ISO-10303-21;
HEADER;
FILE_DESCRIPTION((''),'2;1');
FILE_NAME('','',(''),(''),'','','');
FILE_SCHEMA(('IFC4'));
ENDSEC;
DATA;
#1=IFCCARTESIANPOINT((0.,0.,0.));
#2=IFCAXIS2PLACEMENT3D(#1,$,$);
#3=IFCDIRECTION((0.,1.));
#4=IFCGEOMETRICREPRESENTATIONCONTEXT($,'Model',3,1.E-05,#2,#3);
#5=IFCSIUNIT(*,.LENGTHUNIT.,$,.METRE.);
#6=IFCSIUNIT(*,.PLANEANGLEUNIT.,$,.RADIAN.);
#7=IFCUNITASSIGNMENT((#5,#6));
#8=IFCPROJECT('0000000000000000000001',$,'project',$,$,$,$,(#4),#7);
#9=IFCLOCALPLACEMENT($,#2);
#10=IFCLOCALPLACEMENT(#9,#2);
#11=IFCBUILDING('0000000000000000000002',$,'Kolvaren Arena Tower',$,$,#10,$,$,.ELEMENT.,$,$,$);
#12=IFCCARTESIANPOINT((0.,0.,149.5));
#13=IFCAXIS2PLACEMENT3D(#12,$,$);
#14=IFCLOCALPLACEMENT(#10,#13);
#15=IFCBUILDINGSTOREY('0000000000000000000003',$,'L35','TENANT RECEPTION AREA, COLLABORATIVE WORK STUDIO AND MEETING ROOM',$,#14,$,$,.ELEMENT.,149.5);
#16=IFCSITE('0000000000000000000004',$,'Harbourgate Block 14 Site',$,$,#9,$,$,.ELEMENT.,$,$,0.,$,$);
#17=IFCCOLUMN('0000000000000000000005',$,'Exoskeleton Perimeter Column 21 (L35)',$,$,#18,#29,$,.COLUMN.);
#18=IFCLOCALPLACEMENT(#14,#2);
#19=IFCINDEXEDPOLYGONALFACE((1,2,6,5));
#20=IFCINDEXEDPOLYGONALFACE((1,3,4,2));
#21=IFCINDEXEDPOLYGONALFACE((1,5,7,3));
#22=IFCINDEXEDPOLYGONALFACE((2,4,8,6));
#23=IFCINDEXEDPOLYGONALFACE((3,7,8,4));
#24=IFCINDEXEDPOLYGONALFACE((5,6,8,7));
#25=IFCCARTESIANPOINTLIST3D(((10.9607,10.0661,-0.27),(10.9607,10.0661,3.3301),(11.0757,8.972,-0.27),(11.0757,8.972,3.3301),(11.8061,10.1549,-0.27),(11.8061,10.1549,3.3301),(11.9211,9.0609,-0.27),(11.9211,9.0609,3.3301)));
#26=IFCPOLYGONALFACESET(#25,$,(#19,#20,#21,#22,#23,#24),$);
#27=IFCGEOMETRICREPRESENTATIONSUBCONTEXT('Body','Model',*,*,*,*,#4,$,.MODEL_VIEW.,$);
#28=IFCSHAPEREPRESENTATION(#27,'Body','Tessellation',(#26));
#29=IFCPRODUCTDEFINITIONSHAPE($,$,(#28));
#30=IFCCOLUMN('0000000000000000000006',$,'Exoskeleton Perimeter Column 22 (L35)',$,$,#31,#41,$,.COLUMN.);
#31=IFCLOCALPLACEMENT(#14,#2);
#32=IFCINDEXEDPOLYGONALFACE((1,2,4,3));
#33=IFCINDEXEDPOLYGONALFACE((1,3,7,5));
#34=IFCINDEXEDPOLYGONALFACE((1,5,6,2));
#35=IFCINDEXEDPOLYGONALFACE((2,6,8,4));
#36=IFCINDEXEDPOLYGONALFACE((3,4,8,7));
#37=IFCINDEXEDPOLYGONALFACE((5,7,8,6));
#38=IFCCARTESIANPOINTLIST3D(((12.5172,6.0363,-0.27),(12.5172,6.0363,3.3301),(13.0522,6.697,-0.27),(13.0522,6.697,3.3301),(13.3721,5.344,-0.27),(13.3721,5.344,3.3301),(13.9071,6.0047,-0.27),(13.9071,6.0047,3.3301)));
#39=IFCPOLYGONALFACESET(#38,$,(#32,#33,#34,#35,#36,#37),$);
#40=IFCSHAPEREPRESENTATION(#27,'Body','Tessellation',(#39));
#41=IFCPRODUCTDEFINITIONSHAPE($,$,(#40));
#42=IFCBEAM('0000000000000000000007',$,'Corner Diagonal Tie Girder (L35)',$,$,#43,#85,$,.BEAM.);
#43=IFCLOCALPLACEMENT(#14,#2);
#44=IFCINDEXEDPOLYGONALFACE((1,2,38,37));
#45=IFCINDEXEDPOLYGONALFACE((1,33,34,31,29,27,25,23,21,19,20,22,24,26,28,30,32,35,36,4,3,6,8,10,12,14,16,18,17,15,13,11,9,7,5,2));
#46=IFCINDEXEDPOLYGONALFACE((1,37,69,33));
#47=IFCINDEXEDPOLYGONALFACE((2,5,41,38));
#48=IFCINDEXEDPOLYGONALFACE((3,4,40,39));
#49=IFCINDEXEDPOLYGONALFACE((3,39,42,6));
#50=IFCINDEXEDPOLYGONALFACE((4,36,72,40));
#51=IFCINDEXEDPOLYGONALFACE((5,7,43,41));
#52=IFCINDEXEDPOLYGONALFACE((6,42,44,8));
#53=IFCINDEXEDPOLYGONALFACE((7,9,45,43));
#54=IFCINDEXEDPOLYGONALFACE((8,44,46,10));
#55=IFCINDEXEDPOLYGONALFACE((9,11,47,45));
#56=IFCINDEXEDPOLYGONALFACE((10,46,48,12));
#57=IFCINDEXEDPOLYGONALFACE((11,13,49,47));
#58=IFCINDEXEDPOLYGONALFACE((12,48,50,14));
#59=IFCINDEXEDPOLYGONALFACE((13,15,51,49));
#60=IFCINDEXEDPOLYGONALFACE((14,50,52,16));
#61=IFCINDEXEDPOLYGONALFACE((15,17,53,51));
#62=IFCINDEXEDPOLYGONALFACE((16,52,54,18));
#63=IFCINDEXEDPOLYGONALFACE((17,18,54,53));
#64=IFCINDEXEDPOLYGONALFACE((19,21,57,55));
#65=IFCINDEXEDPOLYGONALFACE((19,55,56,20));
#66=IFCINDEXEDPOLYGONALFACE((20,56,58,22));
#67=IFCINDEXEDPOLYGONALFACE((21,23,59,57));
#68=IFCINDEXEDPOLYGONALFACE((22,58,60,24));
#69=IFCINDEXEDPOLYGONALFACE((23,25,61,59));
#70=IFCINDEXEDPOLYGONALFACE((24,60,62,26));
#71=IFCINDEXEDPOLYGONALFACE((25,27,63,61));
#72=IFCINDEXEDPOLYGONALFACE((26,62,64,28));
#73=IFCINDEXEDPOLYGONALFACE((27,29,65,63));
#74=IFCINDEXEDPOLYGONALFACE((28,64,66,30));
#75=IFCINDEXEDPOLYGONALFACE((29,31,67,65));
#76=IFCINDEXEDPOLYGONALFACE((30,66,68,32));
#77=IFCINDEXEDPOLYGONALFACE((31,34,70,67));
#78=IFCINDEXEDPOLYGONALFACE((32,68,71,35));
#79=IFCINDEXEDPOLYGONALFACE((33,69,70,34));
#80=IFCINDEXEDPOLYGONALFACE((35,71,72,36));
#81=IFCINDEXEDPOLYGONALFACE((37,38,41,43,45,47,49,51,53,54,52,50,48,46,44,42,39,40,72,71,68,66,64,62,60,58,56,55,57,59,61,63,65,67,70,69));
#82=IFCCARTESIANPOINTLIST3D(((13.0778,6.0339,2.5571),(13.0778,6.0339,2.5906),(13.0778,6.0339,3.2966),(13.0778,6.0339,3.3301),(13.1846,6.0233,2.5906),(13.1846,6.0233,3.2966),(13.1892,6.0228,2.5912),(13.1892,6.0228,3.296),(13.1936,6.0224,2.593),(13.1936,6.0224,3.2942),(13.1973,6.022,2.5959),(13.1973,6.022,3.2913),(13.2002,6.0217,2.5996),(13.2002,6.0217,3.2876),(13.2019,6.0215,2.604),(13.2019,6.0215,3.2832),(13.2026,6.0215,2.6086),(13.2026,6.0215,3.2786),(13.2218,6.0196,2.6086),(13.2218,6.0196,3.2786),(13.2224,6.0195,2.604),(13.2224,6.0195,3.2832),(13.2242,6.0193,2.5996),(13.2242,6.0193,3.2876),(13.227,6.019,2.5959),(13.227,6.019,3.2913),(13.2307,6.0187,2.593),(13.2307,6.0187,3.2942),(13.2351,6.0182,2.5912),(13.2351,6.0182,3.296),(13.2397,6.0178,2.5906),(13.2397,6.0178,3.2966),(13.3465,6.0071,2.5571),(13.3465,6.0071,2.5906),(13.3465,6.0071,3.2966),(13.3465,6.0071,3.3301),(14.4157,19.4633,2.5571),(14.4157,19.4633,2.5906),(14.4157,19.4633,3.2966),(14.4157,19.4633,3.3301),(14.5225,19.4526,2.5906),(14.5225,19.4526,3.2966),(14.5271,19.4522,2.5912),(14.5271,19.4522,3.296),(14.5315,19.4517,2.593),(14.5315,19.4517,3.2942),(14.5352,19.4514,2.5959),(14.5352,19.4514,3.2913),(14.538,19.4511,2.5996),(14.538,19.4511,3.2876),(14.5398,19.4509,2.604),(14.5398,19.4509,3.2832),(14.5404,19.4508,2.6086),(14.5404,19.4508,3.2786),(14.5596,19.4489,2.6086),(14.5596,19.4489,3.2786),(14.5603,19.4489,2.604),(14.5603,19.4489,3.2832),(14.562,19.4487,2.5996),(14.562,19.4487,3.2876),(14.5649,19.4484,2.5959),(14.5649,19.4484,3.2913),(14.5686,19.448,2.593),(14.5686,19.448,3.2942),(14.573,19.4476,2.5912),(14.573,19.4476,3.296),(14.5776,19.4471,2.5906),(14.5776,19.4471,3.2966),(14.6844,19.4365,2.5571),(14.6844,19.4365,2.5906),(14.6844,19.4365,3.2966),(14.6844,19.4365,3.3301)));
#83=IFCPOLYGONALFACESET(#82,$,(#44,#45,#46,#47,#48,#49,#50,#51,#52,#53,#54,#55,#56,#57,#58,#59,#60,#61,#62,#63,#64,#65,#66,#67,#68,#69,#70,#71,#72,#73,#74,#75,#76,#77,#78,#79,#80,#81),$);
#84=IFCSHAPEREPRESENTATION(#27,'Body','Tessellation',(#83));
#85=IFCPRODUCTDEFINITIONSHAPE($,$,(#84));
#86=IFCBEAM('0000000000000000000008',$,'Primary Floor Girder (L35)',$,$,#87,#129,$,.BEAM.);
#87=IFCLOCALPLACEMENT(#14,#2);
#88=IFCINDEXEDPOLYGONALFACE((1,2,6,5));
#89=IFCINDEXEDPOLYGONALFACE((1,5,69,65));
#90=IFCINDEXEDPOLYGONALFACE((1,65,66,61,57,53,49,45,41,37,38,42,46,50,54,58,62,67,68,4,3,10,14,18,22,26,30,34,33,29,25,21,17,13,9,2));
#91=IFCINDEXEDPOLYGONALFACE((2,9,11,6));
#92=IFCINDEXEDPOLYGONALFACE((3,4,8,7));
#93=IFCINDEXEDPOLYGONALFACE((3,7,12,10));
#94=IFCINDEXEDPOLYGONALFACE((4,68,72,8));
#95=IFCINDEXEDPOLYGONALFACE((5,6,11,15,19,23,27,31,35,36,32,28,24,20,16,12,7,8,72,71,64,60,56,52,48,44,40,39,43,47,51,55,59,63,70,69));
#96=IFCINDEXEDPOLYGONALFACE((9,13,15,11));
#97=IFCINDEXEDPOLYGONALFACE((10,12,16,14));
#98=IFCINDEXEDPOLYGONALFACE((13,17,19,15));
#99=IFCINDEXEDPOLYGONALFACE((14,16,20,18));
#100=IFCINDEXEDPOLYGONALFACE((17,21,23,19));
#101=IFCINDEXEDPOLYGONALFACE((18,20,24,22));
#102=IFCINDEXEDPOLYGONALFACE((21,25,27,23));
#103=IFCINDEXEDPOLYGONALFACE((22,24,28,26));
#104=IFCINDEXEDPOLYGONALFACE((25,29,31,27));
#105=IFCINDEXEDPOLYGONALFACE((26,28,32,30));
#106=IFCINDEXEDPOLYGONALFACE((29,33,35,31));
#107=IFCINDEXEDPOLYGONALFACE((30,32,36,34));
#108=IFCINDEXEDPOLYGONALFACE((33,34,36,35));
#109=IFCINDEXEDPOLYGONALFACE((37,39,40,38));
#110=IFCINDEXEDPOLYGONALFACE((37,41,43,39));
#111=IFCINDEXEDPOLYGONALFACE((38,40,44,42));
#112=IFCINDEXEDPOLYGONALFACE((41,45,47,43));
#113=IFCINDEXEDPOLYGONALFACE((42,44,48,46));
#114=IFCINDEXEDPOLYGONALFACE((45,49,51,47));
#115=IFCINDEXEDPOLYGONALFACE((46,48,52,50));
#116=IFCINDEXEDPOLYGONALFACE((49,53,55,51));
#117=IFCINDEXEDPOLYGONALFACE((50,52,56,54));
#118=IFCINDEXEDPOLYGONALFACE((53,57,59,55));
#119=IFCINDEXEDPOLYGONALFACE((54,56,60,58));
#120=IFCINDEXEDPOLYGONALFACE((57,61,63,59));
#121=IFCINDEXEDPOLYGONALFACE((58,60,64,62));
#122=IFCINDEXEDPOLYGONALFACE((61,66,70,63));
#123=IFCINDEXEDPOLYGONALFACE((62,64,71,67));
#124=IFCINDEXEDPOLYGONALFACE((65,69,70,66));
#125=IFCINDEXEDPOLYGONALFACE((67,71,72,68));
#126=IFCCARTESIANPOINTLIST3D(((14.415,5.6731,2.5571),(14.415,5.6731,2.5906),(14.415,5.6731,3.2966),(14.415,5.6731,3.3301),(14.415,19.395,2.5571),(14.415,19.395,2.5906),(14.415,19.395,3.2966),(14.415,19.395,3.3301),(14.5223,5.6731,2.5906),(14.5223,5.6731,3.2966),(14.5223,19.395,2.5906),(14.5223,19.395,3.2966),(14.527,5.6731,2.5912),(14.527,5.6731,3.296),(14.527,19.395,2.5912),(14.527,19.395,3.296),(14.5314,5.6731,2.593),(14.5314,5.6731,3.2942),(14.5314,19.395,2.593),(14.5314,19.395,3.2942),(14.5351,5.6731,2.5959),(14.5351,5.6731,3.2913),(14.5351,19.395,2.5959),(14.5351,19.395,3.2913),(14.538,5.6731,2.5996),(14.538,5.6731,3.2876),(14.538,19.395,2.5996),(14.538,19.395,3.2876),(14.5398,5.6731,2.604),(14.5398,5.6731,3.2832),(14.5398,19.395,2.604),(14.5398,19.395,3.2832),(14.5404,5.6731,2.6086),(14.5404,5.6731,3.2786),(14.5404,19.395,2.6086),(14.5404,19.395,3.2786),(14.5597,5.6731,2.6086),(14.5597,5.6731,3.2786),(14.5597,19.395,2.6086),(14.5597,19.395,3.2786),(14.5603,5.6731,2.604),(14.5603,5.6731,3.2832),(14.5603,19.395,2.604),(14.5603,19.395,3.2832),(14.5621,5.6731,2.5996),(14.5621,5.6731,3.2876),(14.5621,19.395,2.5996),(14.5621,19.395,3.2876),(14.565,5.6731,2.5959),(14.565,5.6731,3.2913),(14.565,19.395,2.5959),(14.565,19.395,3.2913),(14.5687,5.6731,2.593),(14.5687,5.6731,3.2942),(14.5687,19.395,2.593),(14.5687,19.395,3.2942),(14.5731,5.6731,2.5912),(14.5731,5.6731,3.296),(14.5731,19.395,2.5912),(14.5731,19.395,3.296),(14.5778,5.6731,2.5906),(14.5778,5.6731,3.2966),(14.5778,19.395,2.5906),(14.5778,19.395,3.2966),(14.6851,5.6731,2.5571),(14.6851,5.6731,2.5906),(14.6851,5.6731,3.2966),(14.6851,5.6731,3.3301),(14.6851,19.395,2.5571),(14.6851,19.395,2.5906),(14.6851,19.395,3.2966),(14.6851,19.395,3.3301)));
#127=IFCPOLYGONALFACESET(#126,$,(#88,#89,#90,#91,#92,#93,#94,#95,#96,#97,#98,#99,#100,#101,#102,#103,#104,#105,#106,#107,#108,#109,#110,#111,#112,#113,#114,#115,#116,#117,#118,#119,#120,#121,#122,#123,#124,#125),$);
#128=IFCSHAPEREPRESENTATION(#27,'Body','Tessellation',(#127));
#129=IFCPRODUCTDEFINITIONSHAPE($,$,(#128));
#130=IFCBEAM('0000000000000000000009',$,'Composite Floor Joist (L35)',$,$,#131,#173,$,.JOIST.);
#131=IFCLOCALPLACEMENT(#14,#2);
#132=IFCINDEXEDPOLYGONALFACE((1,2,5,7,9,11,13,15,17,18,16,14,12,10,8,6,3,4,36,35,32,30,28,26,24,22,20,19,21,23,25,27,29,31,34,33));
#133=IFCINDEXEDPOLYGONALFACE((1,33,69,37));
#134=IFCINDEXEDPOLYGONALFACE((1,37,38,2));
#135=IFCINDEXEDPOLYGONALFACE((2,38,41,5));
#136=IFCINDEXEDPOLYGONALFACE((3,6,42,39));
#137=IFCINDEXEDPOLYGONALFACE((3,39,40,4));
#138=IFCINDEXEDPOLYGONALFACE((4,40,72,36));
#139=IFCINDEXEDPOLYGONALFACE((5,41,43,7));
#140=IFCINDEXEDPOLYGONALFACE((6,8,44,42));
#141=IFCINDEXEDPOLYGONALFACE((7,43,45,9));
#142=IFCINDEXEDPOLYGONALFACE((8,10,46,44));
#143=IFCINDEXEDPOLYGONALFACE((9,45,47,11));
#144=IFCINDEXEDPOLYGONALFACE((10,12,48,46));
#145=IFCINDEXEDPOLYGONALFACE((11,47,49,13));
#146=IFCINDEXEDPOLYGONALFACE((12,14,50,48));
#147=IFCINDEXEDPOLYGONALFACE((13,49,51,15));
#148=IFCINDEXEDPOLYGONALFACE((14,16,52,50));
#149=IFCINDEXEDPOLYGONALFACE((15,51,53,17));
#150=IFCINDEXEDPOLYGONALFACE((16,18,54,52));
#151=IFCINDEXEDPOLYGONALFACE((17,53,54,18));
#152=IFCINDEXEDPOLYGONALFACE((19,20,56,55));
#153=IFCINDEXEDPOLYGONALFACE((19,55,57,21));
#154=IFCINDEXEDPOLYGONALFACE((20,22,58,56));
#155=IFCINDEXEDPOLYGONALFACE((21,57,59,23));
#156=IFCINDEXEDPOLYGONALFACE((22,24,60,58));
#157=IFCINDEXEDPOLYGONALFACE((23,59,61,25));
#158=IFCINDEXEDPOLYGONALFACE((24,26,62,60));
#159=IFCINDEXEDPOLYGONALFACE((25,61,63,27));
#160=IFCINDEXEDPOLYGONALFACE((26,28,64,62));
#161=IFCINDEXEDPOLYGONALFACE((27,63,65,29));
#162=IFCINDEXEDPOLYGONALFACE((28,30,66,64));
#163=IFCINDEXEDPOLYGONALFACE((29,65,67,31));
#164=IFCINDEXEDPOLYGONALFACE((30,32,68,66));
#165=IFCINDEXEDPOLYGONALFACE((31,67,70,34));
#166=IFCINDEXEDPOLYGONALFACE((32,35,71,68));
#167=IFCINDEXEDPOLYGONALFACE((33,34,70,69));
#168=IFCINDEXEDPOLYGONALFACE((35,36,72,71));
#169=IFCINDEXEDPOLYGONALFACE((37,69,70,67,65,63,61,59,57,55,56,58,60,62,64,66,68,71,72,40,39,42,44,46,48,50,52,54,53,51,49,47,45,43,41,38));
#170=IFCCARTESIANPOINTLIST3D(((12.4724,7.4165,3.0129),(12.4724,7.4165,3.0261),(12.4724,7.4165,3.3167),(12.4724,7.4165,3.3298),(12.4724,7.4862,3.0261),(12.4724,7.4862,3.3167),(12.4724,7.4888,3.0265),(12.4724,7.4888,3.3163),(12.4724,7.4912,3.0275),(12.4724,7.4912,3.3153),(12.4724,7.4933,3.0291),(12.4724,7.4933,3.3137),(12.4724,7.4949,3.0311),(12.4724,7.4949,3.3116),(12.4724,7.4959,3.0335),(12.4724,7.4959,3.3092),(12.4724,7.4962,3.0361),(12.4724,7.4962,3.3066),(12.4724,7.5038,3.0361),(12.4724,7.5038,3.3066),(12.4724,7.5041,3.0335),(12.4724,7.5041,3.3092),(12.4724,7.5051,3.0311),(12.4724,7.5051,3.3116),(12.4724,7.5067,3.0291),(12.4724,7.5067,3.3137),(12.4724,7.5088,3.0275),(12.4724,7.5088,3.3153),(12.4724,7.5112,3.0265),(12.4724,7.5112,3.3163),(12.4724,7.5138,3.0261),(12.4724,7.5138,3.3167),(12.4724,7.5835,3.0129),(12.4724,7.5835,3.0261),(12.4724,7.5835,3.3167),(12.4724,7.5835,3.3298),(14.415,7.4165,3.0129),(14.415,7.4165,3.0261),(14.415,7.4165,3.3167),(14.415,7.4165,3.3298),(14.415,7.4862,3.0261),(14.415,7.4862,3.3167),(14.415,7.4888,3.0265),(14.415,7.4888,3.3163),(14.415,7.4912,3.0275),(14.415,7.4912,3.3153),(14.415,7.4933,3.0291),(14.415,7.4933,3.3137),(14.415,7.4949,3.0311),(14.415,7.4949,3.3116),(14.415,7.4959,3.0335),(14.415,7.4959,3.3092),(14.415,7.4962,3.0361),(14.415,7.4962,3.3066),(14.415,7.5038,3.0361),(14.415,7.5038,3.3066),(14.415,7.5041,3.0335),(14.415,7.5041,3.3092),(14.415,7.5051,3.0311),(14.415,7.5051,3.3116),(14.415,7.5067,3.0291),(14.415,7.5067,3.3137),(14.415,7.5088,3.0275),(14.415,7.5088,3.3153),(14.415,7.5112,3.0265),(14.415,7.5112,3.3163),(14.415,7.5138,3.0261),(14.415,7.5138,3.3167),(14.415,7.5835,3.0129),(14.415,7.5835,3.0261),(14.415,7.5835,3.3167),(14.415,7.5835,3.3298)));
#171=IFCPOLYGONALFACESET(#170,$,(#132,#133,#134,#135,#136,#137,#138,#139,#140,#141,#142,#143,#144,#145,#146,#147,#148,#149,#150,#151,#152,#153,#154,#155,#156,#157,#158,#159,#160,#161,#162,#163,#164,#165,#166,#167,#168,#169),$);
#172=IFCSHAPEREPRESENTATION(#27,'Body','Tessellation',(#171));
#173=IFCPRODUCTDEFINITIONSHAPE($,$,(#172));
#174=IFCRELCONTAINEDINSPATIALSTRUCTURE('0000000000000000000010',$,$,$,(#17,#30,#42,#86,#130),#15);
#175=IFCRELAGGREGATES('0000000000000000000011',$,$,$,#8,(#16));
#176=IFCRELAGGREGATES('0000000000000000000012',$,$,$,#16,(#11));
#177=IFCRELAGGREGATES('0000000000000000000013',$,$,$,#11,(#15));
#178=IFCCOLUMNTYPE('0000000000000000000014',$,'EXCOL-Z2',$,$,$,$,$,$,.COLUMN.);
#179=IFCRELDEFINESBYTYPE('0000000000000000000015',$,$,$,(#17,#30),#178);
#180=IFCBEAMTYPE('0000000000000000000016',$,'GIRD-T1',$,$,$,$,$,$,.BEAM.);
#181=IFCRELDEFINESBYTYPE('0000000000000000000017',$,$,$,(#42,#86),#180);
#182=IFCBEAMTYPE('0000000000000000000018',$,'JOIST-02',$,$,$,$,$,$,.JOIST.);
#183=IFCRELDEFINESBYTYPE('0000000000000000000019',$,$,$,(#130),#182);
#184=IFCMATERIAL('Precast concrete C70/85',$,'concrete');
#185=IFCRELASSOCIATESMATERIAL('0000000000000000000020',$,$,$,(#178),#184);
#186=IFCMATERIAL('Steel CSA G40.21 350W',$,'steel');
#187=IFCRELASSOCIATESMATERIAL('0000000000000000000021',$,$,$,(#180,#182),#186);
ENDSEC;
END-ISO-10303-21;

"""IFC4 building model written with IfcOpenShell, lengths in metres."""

from ifc_helpers import new_model, si_unit, direction, frame, origin, origin_2d, place, context, subcontext, project, spatial, rectangle, i_section, extrude, material, material_profile, profile_set, type_object, element, save


model = new_model("IFC4")

# Units and contexts
model_context = context("Model", 3, precision=1e-05, world=origin(), true_north=direction((0.0, 1.0)))
body_context = subcontext(model_context, "Body", "Model", "MODEL_VIEW")
ifc_project = project(units=[si_unit("LENGTHUNIT", "METRE"), si_unit("PLANEANGLEUNIT", "RADIAN")], contexts=[model_context])

# Site, building, storey
site_placement = place(None, origin())
site = spatial("IfcSite", under=ifc_project, at=site_placement, Name="Harbourgate Block 14 Site", CompositionType="ELEMENT", RefElevation=0.0)
building_placement = place(site_placement, origin())
building = spatial("IfcBuilding", under=site, at=building_placement, Name="Kolvaren Arena Tower", CompositionType="ELEMENT")
storey_placement = place(building_placement, frame((0.0, 0.0, 149.5)))
storey = spatial("IfcBuildingStorey", under=building, at=storey_placement, Name="L35", Description="TENANT RECEPTION AREA, COLLABORATIVE WORK STUDIO AND MEETING ROOM", CompositionType="ELEMENT", Elevation=149.5)

# Columns
ifc_material_1 = material(Name="Precast concrete C70/85", Category="concrete")
ifc_material_profile_1 = material_profile(ifc_material_1, rectangle(XDim=1.1001, YDim=0.8501, at=origin_2d()), Name="RC-1100x850")
ifc_profile_set_1 = profile_set([ifc_material_profile_1], Name="Precast concrete C70/85")
column_type = type_object("IfcColumnType", Name="EXCOL-Z2", PredefinedType="COLUMN", material=ifc_profile_set_1)
for number, where, z_axis, x_axis, name in (
    (1, (11.4409, 9.5635, -0.27), (0.0, 0.0, 1.0), (-0.104528, 0.994522, 0.0), "Exoskeleton Perimeter Column 21 (L35)"),
    (2, (13.2122, 6.0205, -0.27), (0.0, 0.0, 1.0), (-0.777146, 0.62932, 0.0), "Exoskeleton Perimeter Column 22 (L35)"),
):
    element("IfcColumn", number, at=place(storey_placement, frame(where, z_axis=z_axis, x_axis=x_axis)), inside=storey, type_object=column_type, Name=name, PredefinedType="COLUMN", context=body_context, shape_type="SweptSolid", body=[
        extrude(rectangle(XDim=1.1001, YDim=0.8501, at=origin_2d()), origin(), (0.0, 0.0, 1.0), 3.6001),
    ])

# Beams
ifc_material_2 = material(Name="Steel CSA G40.21 350W", Category="steel")
ifc_material_profile_2 = material_profile(ifc_material_2, i_section(OverallWidth=0.27, OverallDepth=0.7729, WebThickness=0.0193, FlangeThickness=0.0334, FilletRadius=0.0181, at=origin_2d()), Name="W760x257")
ifc_profile_set_2 = profile_set([ifc_material_profile_2], Name="Steel CSA G40.21 350W")
beam_type_1 = type_object("IfcBeamType", Name="GIRD-T1", PredefinedType="BEAM", material=ifc_profile_set_2)
beam_1_placement = place(storey_placement, frame((13.2122, 6.0205, 2.9436), z_axis=(0.099133, 0.995074, 0.0), x_axis=(-0.995074, 0.099133, 0.0)))
element("IfcBeam", 3, at=beam_1_placement, inside=storey, type_object=beam_type_1, Name="Corner Diagonal Tie Girder (L35)", PredefinedType="BEAM", context=body_context, shape_type="SweptSolid", body=[
    extrude(i_section(OverallWidth=0.27, OverallDepth=0.7729, WebThickness=0.0193, FlangeThickness=0.0334, FilletRadius=0.0181, at=origin_2d()), origin(), (0.0, 0.0, 1.0), 13.4958),
])
beam_2_placement = place(storey_placement, frame((14.55, 5.6731, 2.9436), z_axis=(0.0, 1.0, 0.0), x_axis=(-1.0, 0.0, 0.0)))
element("IfcBeam", 4, at=beam_2_placement, inside=storey, type_object=beam_type_1, Name="Primary Floor Girder (L35)", PredefinedType="BEAM", context=body_context, shape_type="SweptSolid", body=[
    extrude(i_section(OverallWidth=0.27, OverallDepth=0.7729, WebThickness=0.0193, FlangeThickness=0.0334, FilletRadius=0.0181, at=origin_2d()), origin(), (0.0, 0.0, 1.0), 13.7219),
])
ifc_material_profile_3 = material_profile(ifc_material_2, i_section(OverallWidth=0.167, OverallDepth=0.3169, WebThickness=0.0076, FlangeThickness=0.0132, FilletRadius=0.01, at=origin_2d()), Name="W310x52")
ifc_profile_set_3 = profile_set([ifc_material_profile_3], Name="Steel CSA G40.21 350W")
beam_type_2 = type_object("IfcBeamType", Name="JOIST-02", PredefinedType="JOIST", material=ifc_profile_set_3)
beam_3_placement = place(storey_placement, frame((12.4724, 7.5, 3.1714), z_axis=(1.0, 0.0, 0.0), x_axis=(0.0, 1.0, 0.0)))
element("IfcBeam", 5, at=beam_3_placement, inside=storey, type_object=beam_type_2, Name="Composite Floor Joist (L35)", PredefinedType="JOIST", context=body_context, shape_type="SweptSolid", body=[
    extrude(i_section(OverallWidth=0.167, OverallDepth=0.3169, WebThickness=0.0076, FlangeThickness=0.0132, FilletRadius=0.01, at=origin_2d()), origin(), (0.0, 0.0, 1.0), 1.9426),
])

save(model, "model.ifc")
